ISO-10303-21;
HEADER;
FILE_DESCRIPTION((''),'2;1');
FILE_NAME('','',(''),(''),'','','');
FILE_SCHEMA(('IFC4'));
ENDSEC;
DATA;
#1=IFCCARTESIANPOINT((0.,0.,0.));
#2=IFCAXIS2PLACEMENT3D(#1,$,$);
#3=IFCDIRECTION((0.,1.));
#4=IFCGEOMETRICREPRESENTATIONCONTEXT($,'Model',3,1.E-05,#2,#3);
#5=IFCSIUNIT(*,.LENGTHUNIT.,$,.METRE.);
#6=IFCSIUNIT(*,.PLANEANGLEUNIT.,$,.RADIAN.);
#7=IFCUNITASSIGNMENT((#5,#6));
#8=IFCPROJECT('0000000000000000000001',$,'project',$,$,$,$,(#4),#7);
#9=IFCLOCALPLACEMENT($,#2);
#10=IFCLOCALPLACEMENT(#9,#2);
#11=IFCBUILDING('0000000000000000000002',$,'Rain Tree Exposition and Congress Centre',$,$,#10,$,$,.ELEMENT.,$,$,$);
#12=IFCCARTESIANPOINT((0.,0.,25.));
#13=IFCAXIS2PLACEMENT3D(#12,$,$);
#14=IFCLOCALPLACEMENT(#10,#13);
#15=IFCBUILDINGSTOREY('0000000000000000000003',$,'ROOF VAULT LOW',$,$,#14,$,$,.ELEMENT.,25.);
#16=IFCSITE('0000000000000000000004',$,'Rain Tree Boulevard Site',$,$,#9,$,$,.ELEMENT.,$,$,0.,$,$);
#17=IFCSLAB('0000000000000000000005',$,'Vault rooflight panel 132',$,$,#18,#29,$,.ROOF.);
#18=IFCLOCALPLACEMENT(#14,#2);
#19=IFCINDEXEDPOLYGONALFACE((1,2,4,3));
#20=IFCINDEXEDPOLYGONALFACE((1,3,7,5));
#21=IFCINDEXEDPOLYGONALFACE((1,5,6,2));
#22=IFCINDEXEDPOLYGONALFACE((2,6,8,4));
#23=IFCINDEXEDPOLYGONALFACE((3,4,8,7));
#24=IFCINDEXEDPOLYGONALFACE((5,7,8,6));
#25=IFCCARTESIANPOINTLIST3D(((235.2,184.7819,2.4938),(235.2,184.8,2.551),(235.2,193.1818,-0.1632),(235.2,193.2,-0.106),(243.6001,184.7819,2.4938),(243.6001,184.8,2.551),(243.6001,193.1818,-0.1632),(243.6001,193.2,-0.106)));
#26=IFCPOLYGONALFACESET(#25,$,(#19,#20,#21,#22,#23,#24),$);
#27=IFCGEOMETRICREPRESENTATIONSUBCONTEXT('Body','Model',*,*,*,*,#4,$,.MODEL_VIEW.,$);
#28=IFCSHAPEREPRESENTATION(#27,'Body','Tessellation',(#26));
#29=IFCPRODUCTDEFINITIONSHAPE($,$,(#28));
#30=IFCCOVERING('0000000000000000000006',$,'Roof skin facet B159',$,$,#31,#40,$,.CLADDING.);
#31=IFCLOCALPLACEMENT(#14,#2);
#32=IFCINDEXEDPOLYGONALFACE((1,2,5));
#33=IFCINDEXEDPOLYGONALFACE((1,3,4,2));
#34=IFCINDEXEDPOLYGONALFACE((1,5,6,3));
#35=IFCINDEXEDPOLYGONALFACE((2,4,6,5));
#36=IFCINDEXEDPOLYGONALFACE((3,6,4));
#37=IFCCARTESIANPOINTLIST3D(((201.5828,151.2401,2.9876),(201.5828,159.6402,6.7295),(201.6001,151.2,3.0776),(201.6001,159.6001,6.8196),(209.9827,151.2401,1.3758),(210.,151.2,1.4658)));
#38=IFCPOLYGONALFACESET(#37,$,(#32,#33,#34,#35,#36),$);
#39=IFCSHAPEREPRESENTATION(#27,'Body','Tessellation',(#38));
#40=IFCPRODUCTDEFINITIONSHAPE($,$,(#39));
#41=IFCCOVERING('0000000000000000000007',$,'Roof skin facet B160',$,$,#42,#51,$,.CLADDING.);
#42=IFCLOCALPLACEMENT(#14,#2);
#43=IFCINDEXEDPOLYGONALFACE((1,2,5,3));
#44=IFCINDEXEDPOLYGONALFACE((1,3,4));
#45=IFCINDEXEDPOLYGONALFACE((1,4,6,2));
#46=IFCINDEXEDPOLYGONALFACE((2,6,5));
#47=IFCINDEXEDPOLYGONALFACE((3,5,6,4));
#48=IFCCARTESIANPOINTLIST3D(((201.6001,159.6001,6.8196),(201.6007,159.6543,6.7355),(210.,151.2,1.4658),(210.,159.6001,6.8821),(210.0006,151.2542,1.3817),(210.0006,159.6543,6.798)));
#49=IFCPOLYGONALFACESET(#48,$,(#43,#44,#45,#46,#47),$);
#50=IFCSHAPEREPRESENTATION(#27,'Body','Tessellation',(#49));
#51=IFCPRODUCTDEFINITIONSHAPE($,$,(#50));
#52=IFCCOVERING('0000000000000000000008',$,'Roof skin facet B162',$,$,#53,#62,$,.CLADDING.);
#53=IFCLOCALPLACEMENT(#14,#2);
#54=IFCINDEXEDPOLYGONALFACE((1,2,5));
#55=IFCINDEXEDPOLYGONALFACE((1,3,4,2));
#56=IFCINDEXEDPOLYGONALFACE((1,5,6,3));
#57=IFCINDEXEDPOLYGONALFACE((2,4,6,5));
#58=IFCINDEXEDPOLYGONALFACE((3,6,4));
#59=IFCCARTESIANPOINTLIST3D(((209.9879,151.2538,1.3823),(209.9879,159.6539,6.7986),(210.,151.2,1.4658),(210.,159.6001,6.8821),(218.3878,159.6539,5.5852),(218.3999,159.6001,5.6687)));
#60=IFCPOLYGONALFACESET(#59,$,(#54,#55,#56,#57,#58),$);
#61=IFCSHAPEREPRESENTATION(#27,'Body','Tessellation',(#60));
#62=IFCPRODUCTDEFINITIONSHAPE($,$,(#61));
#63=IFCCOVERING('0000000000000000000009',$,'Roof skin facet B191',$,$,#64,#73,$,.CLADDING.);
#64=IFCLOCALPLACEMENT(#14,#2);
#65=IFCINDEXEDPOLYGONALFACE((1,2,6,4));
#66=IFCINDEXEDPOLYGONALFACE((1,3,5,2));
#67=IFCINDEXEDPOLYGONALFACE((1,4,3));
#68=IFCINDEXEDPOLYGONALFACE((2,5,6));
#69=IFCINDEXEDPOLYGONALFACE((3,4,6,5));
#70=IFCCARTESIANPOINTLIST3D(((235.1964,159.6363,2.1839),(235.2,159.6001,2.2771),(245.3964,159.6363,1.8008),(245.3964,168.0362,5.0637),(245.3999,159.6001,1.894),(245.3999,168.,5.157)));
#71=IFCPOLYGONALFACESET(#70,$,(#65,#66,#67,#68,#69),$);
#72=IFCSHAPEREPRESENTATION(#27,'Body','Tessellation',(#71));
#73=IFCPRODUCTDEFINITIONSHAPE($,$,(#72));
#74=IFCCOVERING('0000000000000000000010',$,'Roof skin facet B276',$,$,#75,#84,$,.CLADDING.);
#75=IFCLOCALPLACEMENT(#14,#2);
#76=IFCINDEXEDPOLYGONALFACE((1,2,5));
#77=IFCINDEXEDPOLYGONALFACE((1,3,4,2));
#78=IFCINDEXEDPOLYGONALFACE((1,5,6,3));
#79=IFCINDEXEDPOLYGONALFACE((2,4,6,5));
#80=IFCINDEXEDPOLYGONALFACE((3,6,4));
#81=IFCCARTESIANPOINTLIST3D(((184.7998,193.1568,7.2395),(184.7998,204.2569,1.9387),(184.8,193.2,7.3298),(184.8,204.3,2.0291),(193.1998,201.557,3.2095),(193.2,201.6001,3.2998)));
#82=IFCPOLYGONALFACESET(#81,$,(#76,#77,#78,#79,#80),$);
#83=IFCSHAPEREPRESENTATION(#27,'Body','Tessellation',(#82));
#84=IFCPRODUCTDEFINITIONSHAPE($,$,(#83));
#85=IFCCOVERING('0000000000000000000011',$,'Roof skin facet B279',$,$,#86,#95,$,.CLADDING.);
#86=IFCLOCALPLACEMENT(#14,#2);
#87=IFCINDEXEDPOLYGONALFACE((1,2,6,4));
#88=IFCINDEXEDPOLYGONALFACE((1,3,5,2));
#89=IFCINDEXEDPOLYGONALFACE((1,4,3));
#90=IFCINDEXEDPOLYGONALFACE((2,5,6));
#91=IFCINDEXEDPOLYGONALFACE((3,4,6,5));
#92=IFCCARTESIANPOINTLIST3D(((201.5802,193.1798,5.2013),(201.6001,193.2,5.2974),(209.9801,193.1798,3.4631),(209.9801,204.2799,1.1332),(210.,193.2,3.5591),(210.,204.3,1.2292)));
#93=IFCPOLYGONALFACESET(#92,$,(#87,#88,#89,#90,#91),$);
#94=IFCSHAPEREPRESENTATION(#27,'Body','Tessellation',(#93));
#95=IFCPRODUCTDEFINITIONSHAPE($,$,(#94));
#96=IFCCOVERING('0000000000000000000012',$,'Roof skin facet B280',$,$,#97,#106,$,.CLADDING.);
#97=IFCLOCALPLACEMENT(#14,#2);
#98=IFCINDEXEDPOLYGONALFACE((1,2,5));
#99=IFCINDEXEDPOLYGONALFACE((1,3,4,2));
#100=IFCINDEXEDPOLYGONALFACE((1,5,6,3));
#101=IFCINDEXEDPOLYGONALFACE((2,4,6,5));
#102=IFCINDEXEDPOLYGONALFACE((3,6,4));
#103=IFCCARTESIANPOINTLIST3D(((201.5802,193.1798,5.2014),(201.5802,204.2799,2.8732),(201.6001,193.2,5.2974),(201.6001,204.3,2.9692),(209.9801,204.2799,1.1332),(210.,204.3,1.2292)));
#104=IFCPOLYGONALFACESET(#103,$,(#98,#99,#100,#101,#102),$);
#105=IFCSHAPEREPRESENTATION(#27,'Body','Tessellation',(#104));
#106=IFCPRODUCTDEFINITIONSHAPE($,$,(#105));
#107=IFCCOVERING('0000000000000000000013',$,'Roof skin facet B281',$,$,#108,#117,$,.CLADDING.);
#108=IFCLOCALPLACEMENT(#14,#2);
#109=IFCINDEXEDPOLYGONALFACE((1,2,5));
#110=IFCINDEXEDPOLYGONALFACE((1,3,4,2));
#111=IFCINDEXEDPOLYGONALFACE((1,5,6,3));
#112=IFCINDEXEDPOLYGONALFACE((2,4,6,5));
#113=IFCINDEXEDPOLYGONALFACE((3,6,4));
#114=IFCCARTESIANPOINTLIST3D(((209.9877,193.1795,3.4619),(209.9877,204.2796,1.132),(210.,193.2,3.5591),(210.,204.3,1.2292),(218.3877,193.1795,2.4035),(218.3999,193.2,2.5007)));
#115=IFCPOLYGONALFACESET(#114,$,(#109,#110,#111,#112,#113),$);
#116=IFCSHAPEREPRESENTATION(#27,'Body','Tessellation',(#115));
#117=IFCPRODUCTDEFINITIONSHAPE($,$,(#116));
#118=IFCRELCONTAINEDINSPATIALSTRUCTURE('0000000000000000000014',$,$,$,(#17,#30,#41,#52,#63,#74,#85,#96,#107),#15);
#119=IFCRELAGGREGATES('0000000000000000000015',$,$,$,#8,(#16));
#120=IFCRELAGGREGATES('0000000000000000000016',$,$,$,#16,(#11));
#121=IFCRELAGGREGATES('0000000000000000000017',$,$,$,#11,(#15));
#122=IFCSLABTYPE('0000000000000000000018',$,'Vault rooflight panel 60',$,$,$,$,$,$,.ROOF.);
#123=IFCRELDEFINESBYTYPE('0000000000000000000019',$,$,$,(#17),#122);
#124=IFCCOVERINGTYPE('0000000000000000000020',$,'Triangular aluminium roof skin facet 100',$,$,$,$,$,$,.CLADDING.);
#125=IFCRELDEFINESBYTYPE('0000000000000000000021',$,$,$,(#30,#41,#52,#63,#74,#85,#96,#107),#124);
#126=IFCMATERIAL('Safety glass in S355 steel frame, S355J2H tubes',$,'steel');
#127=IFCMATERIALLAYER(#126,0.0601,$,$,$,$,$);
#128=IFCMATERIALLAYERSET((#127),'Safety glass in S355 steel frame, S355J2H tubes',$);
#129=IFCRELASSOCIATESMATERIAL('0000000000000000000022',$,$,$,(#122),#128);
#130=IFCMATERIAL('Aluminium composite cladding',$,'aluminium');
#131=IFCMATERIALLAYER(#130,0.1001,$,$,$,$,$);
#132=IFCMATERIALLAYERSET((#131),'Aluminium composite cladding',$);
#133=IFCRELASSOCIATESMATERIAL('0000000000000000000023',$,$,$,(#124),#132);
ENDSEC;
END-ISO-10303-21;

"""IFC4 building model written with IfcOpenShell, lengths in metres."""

from ifc_helpers import new_model, si_unit, direction, frame, origin, place, context, subcontext, project, spatial, polyline, outline, extrude, material, layer, layer_set, type_object, element, save


model = new_model("IFC4")

# Units and contexts
model_context = context("Model", 3, precision=1e-05, world=origin(), true_north=direction((0.0, 1.0)))
body_context = subcontext(model_context, "Body", "Model", "MODEL_VIEW")
ifc_project = project(units=[si_unit("LENGTHUNIT", "METRE"), si_unit("PLANEANGLEUNIT", "RADIAN")], contexts=[model_context])

# Site, building, storey
site_placement = place(None, origin())
site = spatial("IfcSite", under=ifc_project, at=site_placement, Name="Rain Tree Boulevard Site", CompositionType="ELEMENT", RefElevation=0.0)
building_placement = place(site_placement, origin())
building = spatial("IfcBuilding", under=site, at=building_placement, Name="Rain Tree Exposition and Congress Centre", CompositionType="ELEMENT")
storey_placement = place(building_placement, frame((0.0, 0.0, 25.0)))
storey = spatial("IfcBuildingStorey", under=building, at=storey_placement, Name="ROOF VAULT LOW", CompositionType="ELEMENT", Elevation=25.0)

# Slab
ifc_material_1 = material(Name="Safety glass in S355 steel frame, S355J2H tubes", Category="steel")
ifc_layer_1 = layer(ifc_material_1, 0.0601)
ifc_layer_set_1 = layer_set([ifc_layer_1], Name="Safety glass in S355 steel frame, S355J2H tubes")
slab_type_1 = type_object("IfcSlabType", Name="Vault rooflight panel 60", PredefinedType="ROOF", material=ifc_layer_set_1)
for number, where, z_axis, x_axis, name in (
    (1, (235.2, 184.8, 2.551), (0.0, 0.301584, 0.95344), (1.0, 0.0, 0.0), "Vault rooflight panel 132"),
):
    element("IfcSlab", number, at=place(storey_placement, frame(where, z_axis=z_axis, x_axis=x_axis)), inside=storey, type_object=slab_type_1, Name=name, PredefinedType="ROOF", context=body_context, shape_type="SweptSolid", body=[
        extrude(outline(polyline([(0.0, 0.0), (8.4001, 0.0), (8.4001, 8.8101), (0.0, 8.8101), (0.0, 0.0)])), origin(), (0.0, 0.0, -1.0), 0.0601),
    ])

# Coverings
ifc_material_2 = material(Name="Aluminium composite cladding", Category="aluminium")
ifc_layer_2 = layer(ifc_material_2, 0.1001)
ifc_layer_set_2 = layer_set([ifc_layer_2], Name="Aluminium composite cladding")
covering_type = type_object("IfcCoveringType", Name="Triangular aluminium roof skin facet 100", PredefinedType="CLADDING", material=ifc_layer_set_2)
covering_1_placement = place(storey_placement, frame((201.6001, 151.2, 3.0776), z_axis=(0.172649, -0.400804, 0.899749), x_axis=(0.982083, 0.0, -0.188447)))
element("IfcCovering", 2, at=covering_1_placement, inside=storey, type_object=covering_type, Name="Roof skin facet B159", PredefinedType="CLADDING", context=body_context, shape_type="SweptSolid", body=[
    extrude(outline(polyline([(0.0, 0.0), (8.5531, 0.0), (-0.7052, 9.1688), (0.0, 0.0)])), origin(), (0.0, 0.0, -1.0), 0.1001),
])
covering_2_placement = place(storey_placement, frame((210.0, 151.2, 1.4658), z_axis=(-0.006253, -0.541891, 0.840426), x_axis=(0.0, 0.840442, 0.541902)))
element("IfcCovering", 3, at=covering_2_placement, inside=storey, type_object=covering_type, Name="Roof skin facet B160", PredefinedType="CLADDING", context=body_context, shape_type="SweptSolid", body=[
    extrude(outline(polyline([(0.0, 0.0), (9.9949, 0.0), (9.961, 8.4001), (0.0, 0.0)])), origin(), (0.0, 0.0, -1.0), 0.1001),
])
covering_3_placement = place(storey_placement, frame((210.0, 151.2, 1.4658), z_axis=(0.120518, -0.537952, 0.834316), x_axis=(0.666606, 0.666626, 0.333536)))
element("IfcCovering", 4, at=covering_3_placement, inside=storey, type_object=covering_type, Name="Roof skin facet B162", PredefinedType="CLADDING", context=body_context, shape_type="SweptSolid", body=[
    extrude(outline(polyline([(0.0, 0.0), (12.601, 0.0), (7.4063, 6.7116), (0.0, 0.0)])), origin(), (0.0, 0.0, -1.0), 0.1001),
])
covering_4_placement = place(storey_placement, frame((235.2, 159.6001, 2.2771), z_axis=(0.034985, -0.361869, 0.931572), x_axis=(0.999296, 0.0, -0.037528)))
element("IfcCovering", 5, at=covering_4_placement, inside=storey, type_object=covering_type, Name="Roof skin facet B191", PredefinedType="CLADDING", context=body_context, shape_type="SweptSolid", body=[
    extrude(outline(polyline([(0.0, 0.0), (10.2071, 0.0), (10.0847, 9.0106), (0.0, 0.0)])), origin(), (0.0, 0.0, -1.0), 0.1001),
])
covering_5_placement = place(storey_placement, frame((184.8, 193.2, 7.3298), z_axis=(0.001997, 0.430928, 0.902384), x_axis=(0.669614, 0.669633, -0.321261)))
element("IfcCovering", 6, at=covering_5_placement, inside=storey, type_object=covering_type, Name="Roof skin facet B276", PredefinedType="CLADDING", context=body_context, shape_type="SweptSolid", body=[
    extrude(outline(polyline([(0.0, 0.0), (12.5444, 0.0), (9.1359, 8.2368), (0.0, 0.0)])), origin(), (0.0, 0.0, -1.0), 0.1001),
])
covering_6_placement = place(storey_placement, frame((201.6001, 193.2, 5.2974), z_axis=(0.198498, 0.20133, 0.9592), x_axis=(0.979252, 0.0, -0.202647)))
element("IfcCovering", 7, at=covering_6_placement, inside=storey, type_object=covering_type, Name="Roof skin facet B279", PredefinedType="CLADDING", context=body_context, shape_type="SweptSolid", body=[
    extrude(outline(polyline([(0.0, 0.0), (8.5779, 0.0), (9.05, 11.3321), (0.0, 0.0)])), origin(), (0.0, 0.0, -1.0), 0.1001),
])
covering_7_placement = place(storey_placement, frame((201.6001, 193.2, 5.2974), z_axis=(0.198691, 0.20118, 0.959192), x_axis=(0.579207, 0.765396, -0.280513)))
element("IfcCovering", 8, at=covering_7_placement, inside=storey, type_object=covering_type, Name="Roof skin facet B280", PredefinedType="CLADDING", context=body_context, shape_type="SweptSolid", body=[
    extrude(outline(polyline([(0.0, 0.0), (14.5024, 0.0), (9.149, 6.7028), (0.0, 0.0)])), origin(), (0.0, 0.0, -1.0), 0.1001),
])
covering_8_placement = place(storey_placement, frame((210.0, 193.2, 3.5591), z_axis=(0.122382, 0.203873, 0.971318), x_axis=(0.992156, 0.0, -0.125007)))
element("IfcCovering", 9, at=covering_8_placement, inside=storey, type_object=covering_type, Name="Roof skin facet B281", PredefinedType="CLADDING", context=body_context, shape_type="SweptSolid", body=[
    extrude(outline(polyline([(0.0, 0.0), (8.4663, 0.0), (0.2912, 11.3382), (0.0, 0.0)])), origin(), (0.0, 0.0, -1.0), 0.1001),
])

save(model, "model.ifc")
